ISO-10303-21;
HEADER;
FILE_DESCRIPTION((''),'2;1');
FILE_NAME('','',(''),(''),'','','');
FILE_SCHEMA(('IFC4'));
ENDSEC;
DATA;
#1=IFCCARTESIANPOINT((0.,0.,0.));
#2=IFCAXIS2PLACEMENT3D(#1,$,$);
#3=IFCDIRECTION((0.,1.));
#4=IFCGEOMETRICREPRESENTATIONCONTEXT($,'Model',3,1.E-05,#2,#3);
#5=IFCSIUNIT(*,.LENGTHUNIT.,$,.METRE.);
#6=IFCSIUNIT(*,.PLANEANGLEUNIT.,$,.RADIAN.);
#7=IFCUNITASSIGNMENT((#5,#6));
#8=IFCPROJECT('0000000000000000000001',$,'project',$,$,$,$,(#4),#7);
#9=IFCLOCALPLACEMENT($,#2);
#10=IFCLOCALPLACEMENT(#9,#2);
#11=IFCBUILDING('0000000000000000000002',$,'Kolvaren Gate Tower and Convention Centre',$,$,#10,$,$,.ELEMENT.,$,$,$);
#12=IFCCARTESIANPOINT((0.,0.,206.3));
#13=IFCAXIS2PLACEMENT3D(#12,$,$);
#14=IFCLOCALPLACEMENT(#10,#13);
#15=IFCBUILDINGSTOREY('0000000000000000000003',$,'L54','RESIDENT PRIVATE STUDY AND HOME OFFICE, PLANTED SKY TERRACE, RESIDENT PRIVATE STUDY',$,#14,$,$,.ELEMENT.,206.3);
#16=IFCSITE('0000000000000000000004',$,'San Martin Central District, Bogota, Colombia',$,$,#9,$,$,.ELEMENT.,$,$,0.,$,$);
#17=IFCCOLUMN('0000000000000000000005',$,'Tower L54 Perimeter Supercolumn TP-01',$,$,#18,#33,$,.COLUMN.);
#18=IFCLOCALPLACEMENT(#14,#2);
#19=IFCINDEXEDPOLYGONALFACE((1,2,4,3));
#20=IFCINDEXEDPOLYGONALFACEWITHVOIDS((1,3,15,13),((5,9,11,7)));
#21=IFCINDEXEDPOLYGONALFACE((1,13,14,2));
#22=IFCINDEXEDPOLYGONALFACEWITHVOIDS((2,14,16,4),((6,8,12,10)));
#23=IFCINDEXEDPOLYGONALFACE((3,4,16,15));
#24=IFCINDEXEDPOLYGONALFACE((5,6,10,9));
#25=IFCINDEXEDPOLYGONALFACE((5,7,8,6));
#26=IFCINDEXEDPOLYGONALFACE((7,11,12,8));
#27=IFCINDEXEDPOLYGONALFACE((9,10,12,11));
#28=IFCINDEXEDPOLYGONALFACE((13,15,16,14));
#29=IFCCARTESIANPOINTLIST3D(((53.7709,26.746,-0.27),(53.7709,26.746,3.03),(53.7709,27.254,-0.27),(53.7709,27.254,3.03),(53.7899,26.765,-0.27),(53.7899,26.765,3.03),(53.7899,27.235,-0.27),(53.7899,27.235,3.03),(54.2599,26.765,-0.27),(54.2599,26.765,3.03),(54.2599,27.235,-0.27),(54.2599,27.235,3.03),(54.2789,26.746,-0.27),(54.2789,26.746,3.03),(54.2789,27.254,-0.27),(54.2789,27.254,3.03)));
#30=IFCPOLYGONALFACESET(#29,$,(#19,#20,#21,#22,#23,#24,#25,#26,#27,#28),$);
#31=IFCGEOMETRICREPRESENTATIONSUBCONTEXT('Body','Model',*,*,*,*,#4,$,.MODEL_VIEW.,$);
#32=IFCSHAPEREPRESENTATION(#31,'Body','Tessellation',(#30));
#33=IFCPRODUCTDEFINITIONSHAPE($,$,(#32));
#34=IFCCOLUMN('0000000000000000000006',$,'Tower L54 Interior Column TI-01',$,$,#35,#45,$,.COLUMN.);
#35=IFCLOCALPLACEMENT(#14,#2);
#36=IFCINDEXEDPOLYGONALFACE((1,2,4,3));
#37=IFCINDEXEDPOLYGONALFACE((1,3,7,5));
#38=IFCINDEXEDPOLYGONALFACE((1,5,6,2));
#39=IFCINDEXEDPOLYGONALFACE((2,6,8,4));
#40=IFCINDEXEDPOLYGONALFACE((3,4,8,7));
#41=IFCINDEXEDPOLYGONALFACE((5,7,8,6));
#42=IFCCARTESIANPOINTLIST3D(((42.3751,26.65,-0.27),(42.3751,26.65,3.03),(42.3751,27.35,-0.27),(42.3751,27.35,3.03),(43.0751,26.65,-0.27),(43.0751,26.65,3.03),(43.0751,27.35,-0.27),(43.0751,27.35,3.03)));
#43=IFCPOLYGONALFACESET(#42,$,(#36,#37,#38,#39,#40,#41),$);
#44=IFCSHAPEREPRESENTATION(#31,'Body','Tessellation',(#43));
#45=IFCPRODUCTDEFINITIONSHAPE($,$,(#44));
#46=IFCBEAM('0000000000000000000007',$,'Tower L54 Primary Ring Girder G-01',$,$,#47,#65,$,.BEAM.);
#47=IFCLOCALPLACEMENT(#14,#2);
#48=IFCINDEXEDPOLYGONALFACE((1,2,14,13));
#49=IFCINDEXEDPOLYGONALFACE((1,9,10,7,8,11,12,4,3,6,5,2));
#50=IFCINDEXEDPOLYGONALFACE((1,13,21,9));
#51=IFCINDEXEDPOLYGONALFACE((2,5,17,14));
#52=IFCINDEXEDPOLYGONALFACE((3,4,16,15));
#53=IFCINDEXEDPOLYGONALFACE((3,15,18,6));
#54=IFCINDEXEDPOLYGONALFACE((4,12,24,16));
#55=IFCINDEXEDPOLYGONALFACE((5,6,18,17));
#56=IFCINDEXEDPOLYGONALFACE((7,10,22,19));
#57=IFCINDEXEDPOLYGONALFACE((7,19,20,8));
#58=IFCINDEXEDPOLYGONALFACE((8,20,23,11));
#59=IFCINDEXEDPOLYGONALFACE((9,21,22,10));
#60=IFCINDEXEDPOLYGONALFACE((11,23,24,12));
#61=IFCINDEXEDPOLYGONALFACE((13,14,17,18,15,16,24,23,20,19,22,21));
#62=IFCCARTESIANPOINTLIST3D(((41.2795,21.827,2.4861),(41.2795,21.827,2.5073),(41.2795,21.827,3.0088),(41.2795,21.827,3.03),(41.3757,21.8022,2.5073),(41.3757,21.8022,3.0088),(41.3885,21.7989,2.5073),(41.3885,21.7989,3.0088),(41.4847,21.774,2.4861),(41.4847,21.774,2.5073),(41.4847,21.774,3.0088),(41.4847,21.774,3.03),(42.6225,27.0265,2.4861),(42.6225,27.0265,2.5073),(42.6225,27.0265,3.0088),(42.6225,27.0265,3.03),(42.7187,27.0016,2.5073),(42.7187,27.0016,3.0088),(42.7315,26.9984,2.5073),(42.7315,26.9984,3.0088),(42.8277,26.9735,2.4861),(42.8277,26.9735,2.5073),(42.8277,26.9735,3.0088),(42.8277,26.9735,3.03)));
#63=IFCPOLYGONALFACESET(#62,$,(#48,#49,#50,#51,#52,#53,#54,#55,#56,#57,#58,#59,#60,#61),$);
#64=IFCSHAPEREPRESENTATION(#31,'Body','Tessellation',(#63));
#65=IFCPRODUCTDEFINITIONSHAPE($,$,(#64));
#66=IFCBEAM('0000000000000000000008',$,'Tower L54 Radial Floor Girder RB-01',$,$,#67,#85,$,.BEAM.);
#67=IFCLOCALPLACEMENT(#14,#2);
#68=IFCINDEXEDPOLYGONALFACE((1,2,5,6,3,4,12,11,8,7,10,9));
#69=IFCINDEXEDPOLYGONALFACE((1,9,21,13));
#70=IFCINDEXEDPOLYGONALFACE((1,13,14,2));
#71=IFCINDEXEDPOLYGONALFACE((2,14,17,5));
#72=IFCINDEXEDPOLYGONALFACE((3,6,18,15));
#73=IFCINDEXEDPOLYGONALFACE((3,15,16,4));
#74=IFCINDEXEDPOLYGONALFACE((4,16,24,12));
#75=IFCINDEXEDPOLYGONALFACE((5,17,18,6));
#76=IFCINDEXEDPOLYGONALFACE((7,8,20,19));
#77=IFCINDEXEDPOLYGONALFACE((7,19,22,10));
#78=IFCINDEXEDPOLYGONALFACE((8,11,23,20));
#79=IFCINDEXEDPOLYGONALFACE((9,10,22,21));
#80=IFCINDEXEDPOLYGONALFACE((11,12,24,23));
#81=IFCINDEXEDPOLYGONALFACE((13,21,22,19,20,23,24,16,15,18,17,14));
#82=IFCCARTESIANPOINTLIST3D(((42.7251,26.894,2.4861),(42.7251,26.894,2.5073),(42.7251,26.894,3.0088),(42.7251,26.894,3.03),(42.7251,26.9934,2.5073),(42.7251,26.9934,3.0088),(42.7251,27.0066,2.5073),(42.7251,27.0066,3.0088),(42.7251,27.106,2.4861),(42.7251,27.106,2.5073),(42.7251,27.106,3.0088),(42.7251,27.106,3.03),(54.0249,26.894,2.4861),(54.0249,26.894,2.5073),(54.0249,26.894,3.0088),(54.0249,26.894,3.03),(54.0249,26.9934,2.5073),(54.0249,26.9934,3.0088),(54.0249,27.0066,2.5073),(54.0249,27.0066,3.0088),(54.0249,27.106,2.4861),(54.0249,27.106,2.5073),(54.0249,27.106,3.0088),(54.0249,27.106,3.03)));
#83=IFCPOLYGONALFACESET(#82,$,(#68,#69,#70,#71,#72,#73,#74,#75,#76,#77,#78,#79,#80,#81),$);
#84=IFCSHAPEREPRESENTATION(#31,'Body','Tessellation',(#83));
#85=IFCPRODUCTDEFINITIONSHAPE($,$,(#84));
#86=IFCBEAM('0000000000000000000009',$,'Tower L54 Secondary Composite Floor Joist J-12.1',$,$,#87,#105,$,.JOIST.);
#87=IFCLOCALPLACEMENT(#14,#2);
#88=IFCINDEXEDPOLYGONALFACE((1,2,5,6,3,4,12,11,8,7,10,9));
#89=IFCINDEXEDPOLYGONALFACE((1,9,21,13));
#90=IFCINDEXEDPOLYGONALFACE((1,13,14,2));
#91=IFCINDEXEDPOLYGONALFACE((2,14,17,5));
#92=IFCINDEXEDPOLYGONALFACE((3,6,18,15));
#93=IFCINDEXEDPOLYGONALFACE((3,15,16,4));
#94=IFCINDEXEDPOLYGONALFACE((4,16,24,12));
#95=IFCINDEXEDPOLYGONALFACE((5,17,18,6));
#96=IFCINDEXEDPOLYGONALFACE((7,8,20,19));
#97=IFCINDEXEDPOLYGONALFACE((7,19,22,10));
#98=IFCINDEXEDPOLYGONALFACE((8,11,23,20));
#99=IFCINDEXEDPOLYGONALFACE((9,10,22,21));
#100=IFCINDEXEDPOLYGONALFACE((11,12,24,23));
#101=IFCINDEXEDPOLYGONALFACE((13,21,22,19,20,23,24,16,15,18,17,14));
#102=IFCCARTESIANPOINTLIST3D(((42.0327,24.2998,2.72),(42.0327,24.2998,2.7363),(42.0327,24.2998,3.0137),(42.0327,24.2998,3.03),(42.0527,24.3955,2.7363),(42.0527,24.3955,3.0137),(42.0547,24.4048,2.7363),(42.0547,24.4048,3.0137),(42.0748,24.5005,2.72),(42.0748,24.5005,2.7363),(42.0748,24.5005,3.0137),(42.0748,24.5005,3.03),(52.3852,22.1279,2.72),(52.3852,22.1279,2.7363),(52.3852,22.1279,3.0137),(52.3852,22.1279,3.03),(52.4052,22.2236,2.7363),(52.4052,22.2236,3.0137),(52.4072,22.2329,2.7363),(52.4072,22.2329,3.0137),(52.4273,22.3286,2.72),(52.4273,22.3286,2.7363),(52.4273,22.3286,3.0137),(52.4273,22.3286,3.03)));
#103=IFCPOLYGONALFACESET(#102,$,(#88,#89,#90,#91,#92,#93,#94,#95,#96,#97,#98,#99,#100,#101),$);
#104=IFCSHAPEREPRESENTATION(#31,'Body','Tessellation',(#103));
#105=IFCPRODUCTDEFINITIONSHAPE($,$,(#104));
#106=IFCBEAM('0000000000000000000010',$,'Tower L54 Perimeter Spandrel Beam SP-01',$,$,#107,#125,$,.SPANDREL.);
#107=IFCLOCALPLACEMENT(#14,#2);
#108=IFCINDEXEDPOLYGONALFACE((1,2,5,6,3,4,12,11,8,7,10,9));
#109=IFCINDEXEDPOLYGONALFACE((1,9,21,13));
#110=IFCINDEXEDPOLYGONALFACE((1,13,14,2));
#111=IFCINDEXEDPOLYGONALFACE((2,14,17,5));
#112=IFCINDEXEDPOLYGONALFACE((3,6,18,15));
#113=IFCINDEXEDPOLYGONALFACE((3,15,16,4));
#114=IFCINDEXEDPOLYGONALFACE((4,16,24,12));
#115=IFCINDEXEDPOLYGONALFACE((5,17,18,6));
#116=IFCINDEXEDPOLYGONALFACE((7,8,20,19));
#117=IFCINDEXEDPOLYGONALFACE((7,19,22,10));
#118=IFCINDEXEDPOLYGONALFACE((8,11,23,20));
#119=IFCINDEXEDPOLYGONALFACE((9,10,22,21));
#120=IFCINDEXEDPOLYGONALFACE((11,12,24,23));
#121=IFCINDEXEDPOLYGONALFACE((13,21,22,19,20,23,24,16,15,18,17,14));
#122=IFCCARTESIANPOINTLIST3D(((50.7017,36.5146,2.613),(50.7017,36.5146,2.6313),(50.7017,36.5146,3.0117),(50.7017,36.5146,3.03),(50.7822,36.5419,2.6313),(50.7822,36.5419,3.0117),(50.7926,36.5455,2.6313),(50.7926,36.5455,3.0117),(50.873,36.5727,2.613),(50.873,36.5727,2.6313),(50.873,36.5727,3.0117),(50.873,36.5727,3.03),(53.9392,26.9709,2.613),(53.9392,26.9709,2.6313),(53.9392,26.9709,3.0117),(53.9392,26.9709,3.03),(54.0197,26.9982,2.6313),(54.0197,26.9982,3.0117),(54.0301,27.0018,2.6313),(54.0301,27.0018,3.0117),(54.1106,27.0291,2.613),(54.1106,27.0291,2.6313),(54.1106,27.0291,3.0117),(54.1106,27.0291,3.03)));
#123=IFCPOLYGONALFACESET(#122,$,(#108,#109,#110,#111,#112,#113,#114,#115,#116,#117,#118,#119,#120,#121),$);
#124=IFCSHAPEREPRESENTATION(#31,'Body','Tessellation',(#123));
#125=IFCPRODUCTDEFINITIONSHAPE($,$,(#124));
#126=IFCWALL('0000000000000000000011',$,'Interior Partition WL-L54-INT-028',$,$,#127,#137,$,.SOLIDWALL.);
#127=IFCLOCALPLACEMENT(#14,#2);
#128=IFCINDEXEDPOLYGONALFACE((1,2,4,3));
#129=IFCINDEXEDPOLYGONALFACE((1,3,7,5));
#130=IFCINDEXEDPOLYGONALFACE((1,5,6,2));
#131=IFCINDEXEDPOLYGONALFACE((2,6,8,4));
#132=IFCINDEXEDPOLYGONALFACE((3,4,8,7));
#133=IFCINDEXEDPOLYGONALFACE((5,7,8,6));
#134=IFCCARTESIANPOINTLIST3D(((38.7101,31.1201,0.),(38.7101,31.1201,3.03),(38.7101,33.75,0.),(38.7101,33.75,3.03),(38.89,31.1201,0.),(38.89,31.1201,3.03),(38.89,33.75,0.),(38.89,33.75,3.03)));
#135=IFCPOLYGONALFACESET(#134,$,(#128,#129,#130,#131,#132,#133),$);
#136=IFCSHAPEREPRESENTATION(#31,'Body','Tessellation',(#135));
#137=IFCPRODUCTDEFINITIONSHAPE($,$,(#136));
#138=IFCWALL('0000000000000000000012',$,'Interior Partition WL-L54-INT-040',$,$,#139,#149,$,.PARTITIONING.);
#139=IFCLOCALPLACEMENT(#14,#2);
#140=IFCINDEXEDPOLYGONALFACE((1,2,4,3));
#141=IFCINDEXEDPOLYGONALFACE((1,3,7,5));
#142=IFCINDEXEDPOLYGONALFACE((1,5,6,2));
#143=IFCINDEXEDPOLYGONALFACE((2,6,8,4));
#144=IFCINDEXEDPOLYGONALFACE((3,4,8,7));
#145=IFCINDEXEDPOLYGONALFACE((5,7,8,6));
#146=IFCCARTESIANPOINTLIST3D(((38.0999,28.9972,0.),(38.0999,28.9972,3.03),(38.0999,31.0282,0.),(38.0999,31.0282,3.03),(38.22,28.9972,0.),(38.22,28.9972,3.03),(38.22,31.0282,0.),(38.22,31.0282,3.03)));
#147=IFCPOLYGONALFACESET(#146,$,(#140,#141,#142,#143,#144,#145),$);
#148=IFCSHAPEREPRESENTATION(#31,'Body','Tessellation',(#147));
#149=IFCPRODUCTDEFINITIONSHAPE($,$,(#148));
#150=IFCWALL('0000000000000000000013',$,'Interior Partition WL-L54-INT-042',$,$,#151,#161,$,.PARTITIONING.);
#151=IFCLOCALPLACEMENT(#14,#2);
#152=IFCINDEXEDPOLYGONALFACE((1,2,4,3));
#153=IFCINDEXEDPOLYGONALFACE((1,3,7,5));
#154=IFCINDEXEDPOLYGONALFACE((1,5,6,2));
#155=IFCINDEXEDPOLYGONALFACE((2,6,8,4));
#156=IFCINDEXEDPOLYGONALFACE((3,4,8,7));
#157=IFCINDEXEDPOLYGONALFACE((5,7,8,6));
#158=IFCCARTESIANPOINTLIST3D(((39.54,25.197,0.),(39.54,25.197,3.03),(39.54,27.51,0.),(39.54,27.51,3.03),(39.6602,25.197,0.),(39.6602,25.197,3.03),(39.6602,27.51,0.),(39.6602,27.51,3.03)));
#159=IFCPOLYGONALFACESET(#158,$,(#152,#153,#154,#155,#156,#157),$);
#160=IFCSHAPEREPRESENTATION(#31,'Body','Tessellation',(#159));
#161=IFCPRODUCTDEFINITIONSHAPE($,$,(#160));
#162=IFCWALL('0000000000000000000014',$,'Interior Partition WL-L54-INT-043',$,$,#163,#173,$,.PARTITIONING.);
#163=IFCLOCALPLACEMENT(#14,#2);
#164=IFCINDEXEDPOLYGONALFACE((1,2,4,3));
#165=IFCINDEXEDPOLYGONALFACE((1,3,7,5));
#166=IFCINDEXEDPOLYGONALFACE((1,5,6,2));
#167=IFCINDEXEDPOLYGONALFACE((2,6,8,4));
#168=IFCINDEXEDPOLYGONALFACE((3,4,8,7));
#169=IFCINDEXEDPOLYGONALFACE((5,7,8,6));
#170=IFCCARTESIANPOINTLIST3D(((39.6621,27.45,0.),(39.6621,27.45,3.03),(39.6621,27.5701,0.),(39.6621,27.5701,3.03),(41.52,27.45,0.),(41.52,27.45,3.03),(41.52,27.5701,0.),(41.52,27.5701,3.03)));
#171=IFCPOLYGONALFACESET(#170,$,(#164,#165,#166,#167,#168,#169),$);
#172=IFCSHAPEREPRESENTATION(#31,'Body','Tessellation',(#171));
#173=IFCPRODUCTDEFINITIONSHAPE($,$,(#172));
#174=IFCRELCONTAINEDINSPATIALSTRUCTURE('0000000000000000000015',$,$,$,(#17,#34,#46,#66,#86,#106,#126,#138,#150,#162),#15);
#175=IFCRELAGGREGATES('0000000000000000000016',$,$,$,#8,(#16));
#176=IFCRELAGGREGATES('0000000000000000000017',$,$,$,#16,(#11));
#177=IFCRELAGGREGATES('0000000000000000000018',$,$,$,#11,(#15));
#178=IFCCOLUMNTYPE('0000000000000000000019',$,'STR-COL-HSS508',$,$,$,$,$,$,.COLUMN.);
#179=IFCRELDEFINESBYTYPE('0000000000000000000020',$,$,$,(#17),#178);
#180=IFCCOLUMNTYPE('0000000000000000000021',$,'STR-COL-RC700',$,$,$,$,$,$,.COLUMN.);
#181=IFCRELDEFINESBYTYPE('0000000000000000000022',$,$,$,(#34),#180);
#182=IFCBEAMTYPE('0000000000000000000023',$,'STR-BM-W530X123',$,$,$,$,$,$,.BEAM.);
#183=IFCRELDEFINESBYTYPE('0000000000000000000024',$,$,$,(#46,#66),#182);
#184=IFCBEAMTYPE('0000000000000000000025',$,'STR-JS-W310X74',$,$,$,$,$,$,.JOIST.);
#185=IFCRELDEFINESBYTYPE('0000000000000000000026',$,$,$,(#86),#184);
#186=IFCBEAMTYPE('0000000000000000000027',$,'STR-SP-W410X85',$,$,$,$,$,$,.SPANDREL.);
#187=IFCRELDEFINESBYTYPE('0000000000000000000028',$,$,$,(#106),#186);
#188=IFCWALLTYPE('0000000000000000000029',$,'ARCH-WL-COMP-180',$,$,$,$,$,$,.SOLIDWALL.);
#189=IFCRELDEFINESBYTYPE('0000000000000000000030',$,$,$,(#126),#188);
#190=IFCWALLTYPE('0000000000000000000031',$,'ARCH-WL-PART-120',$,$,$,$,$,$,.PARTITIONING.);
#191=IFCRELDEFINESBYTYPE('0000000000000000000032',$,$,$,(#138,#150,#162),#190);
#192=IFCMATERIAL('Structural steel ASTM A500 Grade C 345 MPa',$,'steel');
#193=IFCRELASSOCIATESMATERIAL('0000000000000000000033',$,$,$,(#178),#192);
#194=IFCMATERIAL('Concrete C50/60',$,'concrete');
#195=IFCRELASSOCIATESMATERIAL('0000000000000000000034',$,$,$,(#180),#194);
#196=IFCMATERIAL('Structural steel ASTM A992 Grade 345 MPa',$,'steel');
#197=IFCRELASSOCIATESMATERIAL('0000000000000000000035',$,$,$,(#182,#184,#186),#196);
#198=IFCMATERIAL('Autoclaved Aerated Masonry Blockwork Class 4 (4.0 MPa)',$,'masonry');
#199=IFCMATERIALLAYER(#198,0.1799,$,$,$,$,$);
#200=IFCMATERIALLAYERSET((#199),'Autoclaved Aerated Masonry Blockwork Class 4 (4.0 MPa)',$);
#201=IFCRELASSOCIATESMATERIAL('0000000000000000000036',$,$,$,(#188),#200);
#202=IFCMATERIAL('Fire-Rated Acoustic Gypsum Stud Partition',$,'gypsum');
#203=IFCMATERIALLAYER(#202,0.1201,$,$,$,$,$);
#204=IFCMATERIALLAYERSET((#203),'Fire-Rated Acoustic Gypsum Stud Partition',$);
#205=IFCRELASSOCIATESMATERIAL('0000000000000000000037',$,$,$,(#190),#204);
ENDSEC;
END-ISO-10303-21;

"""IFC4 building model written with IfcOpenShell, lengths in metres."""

from ifc_helpers import new_model, si_unit, direction, frame, frame_2d, origin, origin_2d, place, context, subcontext, project, spatial, rectangle, hollow_rectangle, i_section, extrude, material, layer, layer_set, material_profile, profile_set, type_object, element, save


model = new_model("IFC4")

# Units and contexts
model_context = context("Model", 3, precision=1e-05, world=origin(), true_north=direction((0.0, 1.0)))
body_context = subcontext(model_context, "Body", "Model", "MODEL_VIEW")
ifc_project = project(units=[si_unit("LENGTHUNIT", "METRE"), si_unit("PLANEANGLEUNIT", "RADIAN")], contexts=[model_context])

# Site, building, storey
site_placement = place(None, origin())
site = spatial("IfcSite", under=ifc_project, at=site_placement, Name="San Martin Central District, Bogota, Colombia", CompositionType="ELEMENT", RefElevation=0.0)
building_placement = place(site_placement, origin())
building = spatial("IfcBuilding", under=site, at=building_placement, Name="Kolvaren Gate Tower and Convention Centre", CompositionType="ELEMENT")
storey_placement = place(building_placement, frame((0.0, 0.0, 206.3)))
storey = spatial("IfcBuildingStorey", under=building, at=storey_placement, Name="L54", Description="RESIDENT PRIVATE STUDY AND HOME OFFICE, PLANTED SKY TERRACE, RESIDENT PRIVATE STUDY", CompositionType="ELEMENT", Elevation=206.3)

# Columns
ifc_material_1 = material(Name="Structural steel ASTM A500 Grade C 345 MPa", Category="steel")
ifc_material_profile_1 = material_profile(ifc_material_1, hollow_rectangle(XDim=0.5081, YDim=0.5081, WallThickness=0.019, at=origin_2d()), Name="HSS508X508X19.1")
ifc_profile_set_1 = profile_set([ifc_material_profile_1], Name="Structural steel ASTM A500 Grade C 345 MPa")
column_type_1 = type_object("IfcColumnType", Name="STR-COL-HSS508", PredefinedType="COLUMN", material=ifc_profile_set_1)
column_1_placement = place(storey_placement, frame((54.0249, 27.0, -0.27), z_axis=(0.0, 0.0, 1.0), x_axis=(1.0, 0.0, 0.0)))
element("IfcColumn", 1, at=column_1_placement, inside=storey, type_object=column_type_1, Name="Tower L54 Perimeter Supercolumn TP-01", PredefinedType="COLUMN", context=body_context, shape_type="SweptSolid", body=[
    extrude(hollow_rectangle(XDim=0.5081, YDim=0.5081, WallThickness=0.019, at=origin_2d()), origin(), (0.0, 0.0, 1.0), 3.3),
])
ifc_material_2 = material(Name="Concrete C50/60", Category="concrete")
ifc_material_profile_2 = material_profile(ifc_material_2, rectangle(XDim=0.7, YDim=0.7, at=origin_2d()), Name="RC-COL-700X700")
ifc_profile_set_2 = profile_set([ifc_material_profile_2], Name="Concrete C50/60")
column_type_2 = type_object("IfcColumnType", Name="STR-COL-RC700", PredefinedType="COLUMN", material=ifc_profile_set_2)
column_2_placement = place(storey_placement, frame((42.7251, 27.0, -0.27), z_axis=(0.0, 0.0, 1.0), x_axis=(1.0, 0.0, 0.0)))
element("IfcColumn", 2, at=column_2_placement, inside=storey, type_object=column_type_2, Name="Tower L54 Interior Column TI-01", PredefinedType="COLUMN", context=body_context, shape_type="SweptSolid", body=[
    extrude(rectangle(XDim=0.7, YDim=0.7, at=origin_2d()), origin(), (0.0, 0.0, 1.0), 3.3),
])

# Beams
ifc_material_3 = material(Name="Structural steel ASTM A992 Grade 345 MPa", Category="steel")
ifc_material_profile_3 = material_profile(ifc_material_3, i_section(OverallWidth=0.2119, OverallDepth=0.5439, WebThickness=0.0132, FlangeThickness=0.0212, at=origin_2d()), Name="W530X123")
ifc_profile_set_3 = profile_set([ifc_material_profile_3], Name="Structural steel ASTM A992 Grade 345 MPa")
beam_type_1 = type_object("IfcBeamType", Name="STR-BM-W530X123", PredefinedType="BEAM", material=ifc_profile_set_3)
beam_1_placement = place(storey_placement, frame((42.7251, 27.0, 2.7581), z_axis=(-0.250091, -0.968222, 0.0), x_axis=(0.968222, -0.250091, 0.0)))
element("IfcBeam", 3, at=beam_1_placement, inside=storey, type_object=beam_type_1, Name="Tower L54 Primary Ring Girder G-01", PredefinedType="BEAM", context=body_context, shape_type="SweptSolid", body=[
    extrude(i_section(OverallWidth=0.2119, OverallDepth=0.5439, WebThickness=0.0132, FlangeThickness=0.0212, at=origin_2d()), origin(), (0.0, 0.0, 1.0), 5.3701),
])
beam_2_placement = place(storey_placement, frame((42.7251, 27.0, 2.7581), z_axis=(1.0, 0.0, 0.0), x_axis=(0.0, 1.0, 0.0)))
element("IfcBeam", 4, at=beam_2_placement, inside=storey, type_object=beam_type_1, Name="Tower L54 Radial Floor Girder RB-01", PredefinedType="BEAM", context=body_context, shape_type="SweptSolid", body=[
    extrude(i_section(OverallWidth=0.2119, OverallDepth=0.5439, WebThickness=0.0132, FlangeThickness=0.0212, at=origin_2d()), origin(), (0.0, 0.0, 1.0), 11.2998),
])
ifc_material_profile_4 = material_profile(ifc_material_3, i_section(OverallWidth=0.2051, OverallDepth=0.3101, WebThickness=0.0095, FlangeThickness=0.0164, at=origin_2d()), Name="W310X74")
ifc_profile_set_4 = profile_set([ifc_material_profile_4], Name="Structural steel ASTM A992 Grade 345 MPa")
beam_type_2 = type_object("IfcBeamType", Name="STR-JS-W310X74", PredefinedType="JOIST", material=ifc_profile_set_4)
beam_3_placement = place(storey_placement, frame((42.0537, 24.4001, 2.875), z_axis=(0.978695, -0.205322, 0.0), x_axis=(0.205322, 0.978695, 0.0)))
element("IfcBeam", 5, at=beam_3_placement, inside=storey, type_object=beam_type_2, Name="Tower L54 Secondary Composite Floor Joist J-12.1", PredefinedType="JOIST", context=body_context, shape_type="SweptSolid", body=[
    extrude(i_section(OverallWidth=0.2051, OverallDepth=0.3101, WebThickness=0.0095, FlangeThickness=0.0164, at=origin_2d()), origin(), (0.0, 0.0, 1.0), 10.5779),
])
ifc_material_profile_5 = material_profile(ifc_material_3, i_section(OverallWidth=0.1809, OverallDepth=0.417, WebThickness=0.011, FlangeThickness=0.0183, at=origin_2d()), Name="W410X85")
ifc_profile_set_5 = profile_set([ifc_material_profile_5], Name="Structural steel ASTM A992 Grade 345 MPa")
beam_type_3 = type_object("IfcBeamType", Name="STR-SP-W410X85", PredefinedType="SPANDREL", material=ifc_profile_set_5)
beam_4_placement = place(storey_placement, frame((54.0249, 27.0, 2.8215), z_axis=(-0.321253, 0.946994, 0.0), x_axis=(-0.946994, -0.321253, 0.0)))
element("IfcBeam", 6, at=beam_4_placement, inside=storey, type_object=beam_type_3, Name="Tower L54 Perimeter Spandrel Beam SP-01", PredefinedType="SPANDREL", context=body_context, shape_type="SweptSolid", body=[
    extrude(i_section(OverallWidth=0.1809, OverallDepth=0.417, WebThickness=0.011, FlangeThickness=0.0183, at=origin_2d()), origin(), (0.0, 0.0, 1.0), 10.0779),
])

# Walls
ifc_material_4 = material(Name="Autoclaved Aerated Masonry Blockwork Class 4 (4.0 MPa)", Category="masonry")
ifc_layer_1 = layer(ifc_material_4, 0.1799)
ifc_layer_set_1 = layer_set([ifc_layer_1], Name="Autoclaved Aerated Masonry Blockwork Class 4 (4.0 MPa)")
wall_type_1 = type_object("IfcWallType", Name="ARCH-WL-COMP-180", PredefinedType="SOLIDWALL", material=ifc_layer_set_1)
wall_1_placement = place(storey_placement, frame((38.8, 31.1201, 0.0), z_axis=(0.0, 0.0, 1.0), x_axis=(0.0, 1.0, 0.0)))
element("IfcWall", 7, at=wall_1_placement, inside=storey, type_object=wall_type_1, Name="Interior Partition WL-L54-INT-028", PredefinedType="SOLIDWALL", context=body_context, shape_type="SweptSolid", body=[
    extrude(rectangle(XDim=2.6299, YDim=0.1799, at=frame_2d((1.3149, 0.0))), origin(), (0.0, 0.0, 1.0), 3.03),
])
ifc_material_5 = material(Name="Fire-Rated Acoustic Gypsum Stud Partition", Category="gypsum")
ifc_layer_2 = layer(ifc_material_5, 0.1201)
ifc_layer_set_2 = layer_set([ifc_layer_2], Name="Fire-Rated Acoustic Gypsum Stud Partition")
wall_type_2 = type_object("IfcWallType", Name="ARCH-WL-PART-120", PredefinedType="PARTITIONING", material=ifc_layer_set_2)
wall_2_placement = place(storey_placement, frame((38.1599, 28.9971, 0.0), z_axis=(0.0, 0.0, 1.0), x_axis=(0.0, 1.0, 0.0)))
element("IfcWall", 8, at=wall_2_placement, inside=storey, type_object=wall_type_2, Name="Interior Partition WL-L54-INT-040", PredefinedType="PARTITIONING", context=body_context, shape_type="SweptSolid", body=[
    extrude(rectangle(XDim=2.031, YDim=0.1201, at=frame_2d((1.0156, 0.0))), origin(), (0.0, 0.0, 1.0), 3.03),
])
wall_3_placement = place(storey_placement, frame((39.6001, 25.197, 0.0), z_axis=(0.0, 0.0, 1.0), x_axis=(0.0, 1.0, 0.0)))
element("IfcWall", 9, at=wall_3_placement, inside=storey, type_object=wall_type_2, Name="Interior Partition WL-L54-INT-042", PredefinedType="PARTITIONING", context=body_context, shape_type="SweptSolid", body=[
    extrude(rectangle(XDim=2.313, YDim=0.1201, at=frame_2d((1.1565, 0.0))), origin(), (0.0, 0.0, 1.0), 3.03),
])
wall_4_placement = place(storey_placement, frame((39.6621, 27.51, 0.0), z_axis=(0.0, 0.0, 1.0), x_axis=(1.0, 0.0, 0.0)))
element("IfcWall", 10, at=wall_4_placement, inside=storey, type_object=wall_type_2, Name="Interior Partition WL-L54-INT-043", PredefinedType="PARTITIONING", context=body_context, shape_type="SweptSolid", body=[
    extrude(rectangle(XDim=1.8579, YDim=0.1201, at=frame_2d((0.929, 0.0))), origin(), (0.0, 0.0, 1.0), 3.03),
])

save(model, "model.ifc")
